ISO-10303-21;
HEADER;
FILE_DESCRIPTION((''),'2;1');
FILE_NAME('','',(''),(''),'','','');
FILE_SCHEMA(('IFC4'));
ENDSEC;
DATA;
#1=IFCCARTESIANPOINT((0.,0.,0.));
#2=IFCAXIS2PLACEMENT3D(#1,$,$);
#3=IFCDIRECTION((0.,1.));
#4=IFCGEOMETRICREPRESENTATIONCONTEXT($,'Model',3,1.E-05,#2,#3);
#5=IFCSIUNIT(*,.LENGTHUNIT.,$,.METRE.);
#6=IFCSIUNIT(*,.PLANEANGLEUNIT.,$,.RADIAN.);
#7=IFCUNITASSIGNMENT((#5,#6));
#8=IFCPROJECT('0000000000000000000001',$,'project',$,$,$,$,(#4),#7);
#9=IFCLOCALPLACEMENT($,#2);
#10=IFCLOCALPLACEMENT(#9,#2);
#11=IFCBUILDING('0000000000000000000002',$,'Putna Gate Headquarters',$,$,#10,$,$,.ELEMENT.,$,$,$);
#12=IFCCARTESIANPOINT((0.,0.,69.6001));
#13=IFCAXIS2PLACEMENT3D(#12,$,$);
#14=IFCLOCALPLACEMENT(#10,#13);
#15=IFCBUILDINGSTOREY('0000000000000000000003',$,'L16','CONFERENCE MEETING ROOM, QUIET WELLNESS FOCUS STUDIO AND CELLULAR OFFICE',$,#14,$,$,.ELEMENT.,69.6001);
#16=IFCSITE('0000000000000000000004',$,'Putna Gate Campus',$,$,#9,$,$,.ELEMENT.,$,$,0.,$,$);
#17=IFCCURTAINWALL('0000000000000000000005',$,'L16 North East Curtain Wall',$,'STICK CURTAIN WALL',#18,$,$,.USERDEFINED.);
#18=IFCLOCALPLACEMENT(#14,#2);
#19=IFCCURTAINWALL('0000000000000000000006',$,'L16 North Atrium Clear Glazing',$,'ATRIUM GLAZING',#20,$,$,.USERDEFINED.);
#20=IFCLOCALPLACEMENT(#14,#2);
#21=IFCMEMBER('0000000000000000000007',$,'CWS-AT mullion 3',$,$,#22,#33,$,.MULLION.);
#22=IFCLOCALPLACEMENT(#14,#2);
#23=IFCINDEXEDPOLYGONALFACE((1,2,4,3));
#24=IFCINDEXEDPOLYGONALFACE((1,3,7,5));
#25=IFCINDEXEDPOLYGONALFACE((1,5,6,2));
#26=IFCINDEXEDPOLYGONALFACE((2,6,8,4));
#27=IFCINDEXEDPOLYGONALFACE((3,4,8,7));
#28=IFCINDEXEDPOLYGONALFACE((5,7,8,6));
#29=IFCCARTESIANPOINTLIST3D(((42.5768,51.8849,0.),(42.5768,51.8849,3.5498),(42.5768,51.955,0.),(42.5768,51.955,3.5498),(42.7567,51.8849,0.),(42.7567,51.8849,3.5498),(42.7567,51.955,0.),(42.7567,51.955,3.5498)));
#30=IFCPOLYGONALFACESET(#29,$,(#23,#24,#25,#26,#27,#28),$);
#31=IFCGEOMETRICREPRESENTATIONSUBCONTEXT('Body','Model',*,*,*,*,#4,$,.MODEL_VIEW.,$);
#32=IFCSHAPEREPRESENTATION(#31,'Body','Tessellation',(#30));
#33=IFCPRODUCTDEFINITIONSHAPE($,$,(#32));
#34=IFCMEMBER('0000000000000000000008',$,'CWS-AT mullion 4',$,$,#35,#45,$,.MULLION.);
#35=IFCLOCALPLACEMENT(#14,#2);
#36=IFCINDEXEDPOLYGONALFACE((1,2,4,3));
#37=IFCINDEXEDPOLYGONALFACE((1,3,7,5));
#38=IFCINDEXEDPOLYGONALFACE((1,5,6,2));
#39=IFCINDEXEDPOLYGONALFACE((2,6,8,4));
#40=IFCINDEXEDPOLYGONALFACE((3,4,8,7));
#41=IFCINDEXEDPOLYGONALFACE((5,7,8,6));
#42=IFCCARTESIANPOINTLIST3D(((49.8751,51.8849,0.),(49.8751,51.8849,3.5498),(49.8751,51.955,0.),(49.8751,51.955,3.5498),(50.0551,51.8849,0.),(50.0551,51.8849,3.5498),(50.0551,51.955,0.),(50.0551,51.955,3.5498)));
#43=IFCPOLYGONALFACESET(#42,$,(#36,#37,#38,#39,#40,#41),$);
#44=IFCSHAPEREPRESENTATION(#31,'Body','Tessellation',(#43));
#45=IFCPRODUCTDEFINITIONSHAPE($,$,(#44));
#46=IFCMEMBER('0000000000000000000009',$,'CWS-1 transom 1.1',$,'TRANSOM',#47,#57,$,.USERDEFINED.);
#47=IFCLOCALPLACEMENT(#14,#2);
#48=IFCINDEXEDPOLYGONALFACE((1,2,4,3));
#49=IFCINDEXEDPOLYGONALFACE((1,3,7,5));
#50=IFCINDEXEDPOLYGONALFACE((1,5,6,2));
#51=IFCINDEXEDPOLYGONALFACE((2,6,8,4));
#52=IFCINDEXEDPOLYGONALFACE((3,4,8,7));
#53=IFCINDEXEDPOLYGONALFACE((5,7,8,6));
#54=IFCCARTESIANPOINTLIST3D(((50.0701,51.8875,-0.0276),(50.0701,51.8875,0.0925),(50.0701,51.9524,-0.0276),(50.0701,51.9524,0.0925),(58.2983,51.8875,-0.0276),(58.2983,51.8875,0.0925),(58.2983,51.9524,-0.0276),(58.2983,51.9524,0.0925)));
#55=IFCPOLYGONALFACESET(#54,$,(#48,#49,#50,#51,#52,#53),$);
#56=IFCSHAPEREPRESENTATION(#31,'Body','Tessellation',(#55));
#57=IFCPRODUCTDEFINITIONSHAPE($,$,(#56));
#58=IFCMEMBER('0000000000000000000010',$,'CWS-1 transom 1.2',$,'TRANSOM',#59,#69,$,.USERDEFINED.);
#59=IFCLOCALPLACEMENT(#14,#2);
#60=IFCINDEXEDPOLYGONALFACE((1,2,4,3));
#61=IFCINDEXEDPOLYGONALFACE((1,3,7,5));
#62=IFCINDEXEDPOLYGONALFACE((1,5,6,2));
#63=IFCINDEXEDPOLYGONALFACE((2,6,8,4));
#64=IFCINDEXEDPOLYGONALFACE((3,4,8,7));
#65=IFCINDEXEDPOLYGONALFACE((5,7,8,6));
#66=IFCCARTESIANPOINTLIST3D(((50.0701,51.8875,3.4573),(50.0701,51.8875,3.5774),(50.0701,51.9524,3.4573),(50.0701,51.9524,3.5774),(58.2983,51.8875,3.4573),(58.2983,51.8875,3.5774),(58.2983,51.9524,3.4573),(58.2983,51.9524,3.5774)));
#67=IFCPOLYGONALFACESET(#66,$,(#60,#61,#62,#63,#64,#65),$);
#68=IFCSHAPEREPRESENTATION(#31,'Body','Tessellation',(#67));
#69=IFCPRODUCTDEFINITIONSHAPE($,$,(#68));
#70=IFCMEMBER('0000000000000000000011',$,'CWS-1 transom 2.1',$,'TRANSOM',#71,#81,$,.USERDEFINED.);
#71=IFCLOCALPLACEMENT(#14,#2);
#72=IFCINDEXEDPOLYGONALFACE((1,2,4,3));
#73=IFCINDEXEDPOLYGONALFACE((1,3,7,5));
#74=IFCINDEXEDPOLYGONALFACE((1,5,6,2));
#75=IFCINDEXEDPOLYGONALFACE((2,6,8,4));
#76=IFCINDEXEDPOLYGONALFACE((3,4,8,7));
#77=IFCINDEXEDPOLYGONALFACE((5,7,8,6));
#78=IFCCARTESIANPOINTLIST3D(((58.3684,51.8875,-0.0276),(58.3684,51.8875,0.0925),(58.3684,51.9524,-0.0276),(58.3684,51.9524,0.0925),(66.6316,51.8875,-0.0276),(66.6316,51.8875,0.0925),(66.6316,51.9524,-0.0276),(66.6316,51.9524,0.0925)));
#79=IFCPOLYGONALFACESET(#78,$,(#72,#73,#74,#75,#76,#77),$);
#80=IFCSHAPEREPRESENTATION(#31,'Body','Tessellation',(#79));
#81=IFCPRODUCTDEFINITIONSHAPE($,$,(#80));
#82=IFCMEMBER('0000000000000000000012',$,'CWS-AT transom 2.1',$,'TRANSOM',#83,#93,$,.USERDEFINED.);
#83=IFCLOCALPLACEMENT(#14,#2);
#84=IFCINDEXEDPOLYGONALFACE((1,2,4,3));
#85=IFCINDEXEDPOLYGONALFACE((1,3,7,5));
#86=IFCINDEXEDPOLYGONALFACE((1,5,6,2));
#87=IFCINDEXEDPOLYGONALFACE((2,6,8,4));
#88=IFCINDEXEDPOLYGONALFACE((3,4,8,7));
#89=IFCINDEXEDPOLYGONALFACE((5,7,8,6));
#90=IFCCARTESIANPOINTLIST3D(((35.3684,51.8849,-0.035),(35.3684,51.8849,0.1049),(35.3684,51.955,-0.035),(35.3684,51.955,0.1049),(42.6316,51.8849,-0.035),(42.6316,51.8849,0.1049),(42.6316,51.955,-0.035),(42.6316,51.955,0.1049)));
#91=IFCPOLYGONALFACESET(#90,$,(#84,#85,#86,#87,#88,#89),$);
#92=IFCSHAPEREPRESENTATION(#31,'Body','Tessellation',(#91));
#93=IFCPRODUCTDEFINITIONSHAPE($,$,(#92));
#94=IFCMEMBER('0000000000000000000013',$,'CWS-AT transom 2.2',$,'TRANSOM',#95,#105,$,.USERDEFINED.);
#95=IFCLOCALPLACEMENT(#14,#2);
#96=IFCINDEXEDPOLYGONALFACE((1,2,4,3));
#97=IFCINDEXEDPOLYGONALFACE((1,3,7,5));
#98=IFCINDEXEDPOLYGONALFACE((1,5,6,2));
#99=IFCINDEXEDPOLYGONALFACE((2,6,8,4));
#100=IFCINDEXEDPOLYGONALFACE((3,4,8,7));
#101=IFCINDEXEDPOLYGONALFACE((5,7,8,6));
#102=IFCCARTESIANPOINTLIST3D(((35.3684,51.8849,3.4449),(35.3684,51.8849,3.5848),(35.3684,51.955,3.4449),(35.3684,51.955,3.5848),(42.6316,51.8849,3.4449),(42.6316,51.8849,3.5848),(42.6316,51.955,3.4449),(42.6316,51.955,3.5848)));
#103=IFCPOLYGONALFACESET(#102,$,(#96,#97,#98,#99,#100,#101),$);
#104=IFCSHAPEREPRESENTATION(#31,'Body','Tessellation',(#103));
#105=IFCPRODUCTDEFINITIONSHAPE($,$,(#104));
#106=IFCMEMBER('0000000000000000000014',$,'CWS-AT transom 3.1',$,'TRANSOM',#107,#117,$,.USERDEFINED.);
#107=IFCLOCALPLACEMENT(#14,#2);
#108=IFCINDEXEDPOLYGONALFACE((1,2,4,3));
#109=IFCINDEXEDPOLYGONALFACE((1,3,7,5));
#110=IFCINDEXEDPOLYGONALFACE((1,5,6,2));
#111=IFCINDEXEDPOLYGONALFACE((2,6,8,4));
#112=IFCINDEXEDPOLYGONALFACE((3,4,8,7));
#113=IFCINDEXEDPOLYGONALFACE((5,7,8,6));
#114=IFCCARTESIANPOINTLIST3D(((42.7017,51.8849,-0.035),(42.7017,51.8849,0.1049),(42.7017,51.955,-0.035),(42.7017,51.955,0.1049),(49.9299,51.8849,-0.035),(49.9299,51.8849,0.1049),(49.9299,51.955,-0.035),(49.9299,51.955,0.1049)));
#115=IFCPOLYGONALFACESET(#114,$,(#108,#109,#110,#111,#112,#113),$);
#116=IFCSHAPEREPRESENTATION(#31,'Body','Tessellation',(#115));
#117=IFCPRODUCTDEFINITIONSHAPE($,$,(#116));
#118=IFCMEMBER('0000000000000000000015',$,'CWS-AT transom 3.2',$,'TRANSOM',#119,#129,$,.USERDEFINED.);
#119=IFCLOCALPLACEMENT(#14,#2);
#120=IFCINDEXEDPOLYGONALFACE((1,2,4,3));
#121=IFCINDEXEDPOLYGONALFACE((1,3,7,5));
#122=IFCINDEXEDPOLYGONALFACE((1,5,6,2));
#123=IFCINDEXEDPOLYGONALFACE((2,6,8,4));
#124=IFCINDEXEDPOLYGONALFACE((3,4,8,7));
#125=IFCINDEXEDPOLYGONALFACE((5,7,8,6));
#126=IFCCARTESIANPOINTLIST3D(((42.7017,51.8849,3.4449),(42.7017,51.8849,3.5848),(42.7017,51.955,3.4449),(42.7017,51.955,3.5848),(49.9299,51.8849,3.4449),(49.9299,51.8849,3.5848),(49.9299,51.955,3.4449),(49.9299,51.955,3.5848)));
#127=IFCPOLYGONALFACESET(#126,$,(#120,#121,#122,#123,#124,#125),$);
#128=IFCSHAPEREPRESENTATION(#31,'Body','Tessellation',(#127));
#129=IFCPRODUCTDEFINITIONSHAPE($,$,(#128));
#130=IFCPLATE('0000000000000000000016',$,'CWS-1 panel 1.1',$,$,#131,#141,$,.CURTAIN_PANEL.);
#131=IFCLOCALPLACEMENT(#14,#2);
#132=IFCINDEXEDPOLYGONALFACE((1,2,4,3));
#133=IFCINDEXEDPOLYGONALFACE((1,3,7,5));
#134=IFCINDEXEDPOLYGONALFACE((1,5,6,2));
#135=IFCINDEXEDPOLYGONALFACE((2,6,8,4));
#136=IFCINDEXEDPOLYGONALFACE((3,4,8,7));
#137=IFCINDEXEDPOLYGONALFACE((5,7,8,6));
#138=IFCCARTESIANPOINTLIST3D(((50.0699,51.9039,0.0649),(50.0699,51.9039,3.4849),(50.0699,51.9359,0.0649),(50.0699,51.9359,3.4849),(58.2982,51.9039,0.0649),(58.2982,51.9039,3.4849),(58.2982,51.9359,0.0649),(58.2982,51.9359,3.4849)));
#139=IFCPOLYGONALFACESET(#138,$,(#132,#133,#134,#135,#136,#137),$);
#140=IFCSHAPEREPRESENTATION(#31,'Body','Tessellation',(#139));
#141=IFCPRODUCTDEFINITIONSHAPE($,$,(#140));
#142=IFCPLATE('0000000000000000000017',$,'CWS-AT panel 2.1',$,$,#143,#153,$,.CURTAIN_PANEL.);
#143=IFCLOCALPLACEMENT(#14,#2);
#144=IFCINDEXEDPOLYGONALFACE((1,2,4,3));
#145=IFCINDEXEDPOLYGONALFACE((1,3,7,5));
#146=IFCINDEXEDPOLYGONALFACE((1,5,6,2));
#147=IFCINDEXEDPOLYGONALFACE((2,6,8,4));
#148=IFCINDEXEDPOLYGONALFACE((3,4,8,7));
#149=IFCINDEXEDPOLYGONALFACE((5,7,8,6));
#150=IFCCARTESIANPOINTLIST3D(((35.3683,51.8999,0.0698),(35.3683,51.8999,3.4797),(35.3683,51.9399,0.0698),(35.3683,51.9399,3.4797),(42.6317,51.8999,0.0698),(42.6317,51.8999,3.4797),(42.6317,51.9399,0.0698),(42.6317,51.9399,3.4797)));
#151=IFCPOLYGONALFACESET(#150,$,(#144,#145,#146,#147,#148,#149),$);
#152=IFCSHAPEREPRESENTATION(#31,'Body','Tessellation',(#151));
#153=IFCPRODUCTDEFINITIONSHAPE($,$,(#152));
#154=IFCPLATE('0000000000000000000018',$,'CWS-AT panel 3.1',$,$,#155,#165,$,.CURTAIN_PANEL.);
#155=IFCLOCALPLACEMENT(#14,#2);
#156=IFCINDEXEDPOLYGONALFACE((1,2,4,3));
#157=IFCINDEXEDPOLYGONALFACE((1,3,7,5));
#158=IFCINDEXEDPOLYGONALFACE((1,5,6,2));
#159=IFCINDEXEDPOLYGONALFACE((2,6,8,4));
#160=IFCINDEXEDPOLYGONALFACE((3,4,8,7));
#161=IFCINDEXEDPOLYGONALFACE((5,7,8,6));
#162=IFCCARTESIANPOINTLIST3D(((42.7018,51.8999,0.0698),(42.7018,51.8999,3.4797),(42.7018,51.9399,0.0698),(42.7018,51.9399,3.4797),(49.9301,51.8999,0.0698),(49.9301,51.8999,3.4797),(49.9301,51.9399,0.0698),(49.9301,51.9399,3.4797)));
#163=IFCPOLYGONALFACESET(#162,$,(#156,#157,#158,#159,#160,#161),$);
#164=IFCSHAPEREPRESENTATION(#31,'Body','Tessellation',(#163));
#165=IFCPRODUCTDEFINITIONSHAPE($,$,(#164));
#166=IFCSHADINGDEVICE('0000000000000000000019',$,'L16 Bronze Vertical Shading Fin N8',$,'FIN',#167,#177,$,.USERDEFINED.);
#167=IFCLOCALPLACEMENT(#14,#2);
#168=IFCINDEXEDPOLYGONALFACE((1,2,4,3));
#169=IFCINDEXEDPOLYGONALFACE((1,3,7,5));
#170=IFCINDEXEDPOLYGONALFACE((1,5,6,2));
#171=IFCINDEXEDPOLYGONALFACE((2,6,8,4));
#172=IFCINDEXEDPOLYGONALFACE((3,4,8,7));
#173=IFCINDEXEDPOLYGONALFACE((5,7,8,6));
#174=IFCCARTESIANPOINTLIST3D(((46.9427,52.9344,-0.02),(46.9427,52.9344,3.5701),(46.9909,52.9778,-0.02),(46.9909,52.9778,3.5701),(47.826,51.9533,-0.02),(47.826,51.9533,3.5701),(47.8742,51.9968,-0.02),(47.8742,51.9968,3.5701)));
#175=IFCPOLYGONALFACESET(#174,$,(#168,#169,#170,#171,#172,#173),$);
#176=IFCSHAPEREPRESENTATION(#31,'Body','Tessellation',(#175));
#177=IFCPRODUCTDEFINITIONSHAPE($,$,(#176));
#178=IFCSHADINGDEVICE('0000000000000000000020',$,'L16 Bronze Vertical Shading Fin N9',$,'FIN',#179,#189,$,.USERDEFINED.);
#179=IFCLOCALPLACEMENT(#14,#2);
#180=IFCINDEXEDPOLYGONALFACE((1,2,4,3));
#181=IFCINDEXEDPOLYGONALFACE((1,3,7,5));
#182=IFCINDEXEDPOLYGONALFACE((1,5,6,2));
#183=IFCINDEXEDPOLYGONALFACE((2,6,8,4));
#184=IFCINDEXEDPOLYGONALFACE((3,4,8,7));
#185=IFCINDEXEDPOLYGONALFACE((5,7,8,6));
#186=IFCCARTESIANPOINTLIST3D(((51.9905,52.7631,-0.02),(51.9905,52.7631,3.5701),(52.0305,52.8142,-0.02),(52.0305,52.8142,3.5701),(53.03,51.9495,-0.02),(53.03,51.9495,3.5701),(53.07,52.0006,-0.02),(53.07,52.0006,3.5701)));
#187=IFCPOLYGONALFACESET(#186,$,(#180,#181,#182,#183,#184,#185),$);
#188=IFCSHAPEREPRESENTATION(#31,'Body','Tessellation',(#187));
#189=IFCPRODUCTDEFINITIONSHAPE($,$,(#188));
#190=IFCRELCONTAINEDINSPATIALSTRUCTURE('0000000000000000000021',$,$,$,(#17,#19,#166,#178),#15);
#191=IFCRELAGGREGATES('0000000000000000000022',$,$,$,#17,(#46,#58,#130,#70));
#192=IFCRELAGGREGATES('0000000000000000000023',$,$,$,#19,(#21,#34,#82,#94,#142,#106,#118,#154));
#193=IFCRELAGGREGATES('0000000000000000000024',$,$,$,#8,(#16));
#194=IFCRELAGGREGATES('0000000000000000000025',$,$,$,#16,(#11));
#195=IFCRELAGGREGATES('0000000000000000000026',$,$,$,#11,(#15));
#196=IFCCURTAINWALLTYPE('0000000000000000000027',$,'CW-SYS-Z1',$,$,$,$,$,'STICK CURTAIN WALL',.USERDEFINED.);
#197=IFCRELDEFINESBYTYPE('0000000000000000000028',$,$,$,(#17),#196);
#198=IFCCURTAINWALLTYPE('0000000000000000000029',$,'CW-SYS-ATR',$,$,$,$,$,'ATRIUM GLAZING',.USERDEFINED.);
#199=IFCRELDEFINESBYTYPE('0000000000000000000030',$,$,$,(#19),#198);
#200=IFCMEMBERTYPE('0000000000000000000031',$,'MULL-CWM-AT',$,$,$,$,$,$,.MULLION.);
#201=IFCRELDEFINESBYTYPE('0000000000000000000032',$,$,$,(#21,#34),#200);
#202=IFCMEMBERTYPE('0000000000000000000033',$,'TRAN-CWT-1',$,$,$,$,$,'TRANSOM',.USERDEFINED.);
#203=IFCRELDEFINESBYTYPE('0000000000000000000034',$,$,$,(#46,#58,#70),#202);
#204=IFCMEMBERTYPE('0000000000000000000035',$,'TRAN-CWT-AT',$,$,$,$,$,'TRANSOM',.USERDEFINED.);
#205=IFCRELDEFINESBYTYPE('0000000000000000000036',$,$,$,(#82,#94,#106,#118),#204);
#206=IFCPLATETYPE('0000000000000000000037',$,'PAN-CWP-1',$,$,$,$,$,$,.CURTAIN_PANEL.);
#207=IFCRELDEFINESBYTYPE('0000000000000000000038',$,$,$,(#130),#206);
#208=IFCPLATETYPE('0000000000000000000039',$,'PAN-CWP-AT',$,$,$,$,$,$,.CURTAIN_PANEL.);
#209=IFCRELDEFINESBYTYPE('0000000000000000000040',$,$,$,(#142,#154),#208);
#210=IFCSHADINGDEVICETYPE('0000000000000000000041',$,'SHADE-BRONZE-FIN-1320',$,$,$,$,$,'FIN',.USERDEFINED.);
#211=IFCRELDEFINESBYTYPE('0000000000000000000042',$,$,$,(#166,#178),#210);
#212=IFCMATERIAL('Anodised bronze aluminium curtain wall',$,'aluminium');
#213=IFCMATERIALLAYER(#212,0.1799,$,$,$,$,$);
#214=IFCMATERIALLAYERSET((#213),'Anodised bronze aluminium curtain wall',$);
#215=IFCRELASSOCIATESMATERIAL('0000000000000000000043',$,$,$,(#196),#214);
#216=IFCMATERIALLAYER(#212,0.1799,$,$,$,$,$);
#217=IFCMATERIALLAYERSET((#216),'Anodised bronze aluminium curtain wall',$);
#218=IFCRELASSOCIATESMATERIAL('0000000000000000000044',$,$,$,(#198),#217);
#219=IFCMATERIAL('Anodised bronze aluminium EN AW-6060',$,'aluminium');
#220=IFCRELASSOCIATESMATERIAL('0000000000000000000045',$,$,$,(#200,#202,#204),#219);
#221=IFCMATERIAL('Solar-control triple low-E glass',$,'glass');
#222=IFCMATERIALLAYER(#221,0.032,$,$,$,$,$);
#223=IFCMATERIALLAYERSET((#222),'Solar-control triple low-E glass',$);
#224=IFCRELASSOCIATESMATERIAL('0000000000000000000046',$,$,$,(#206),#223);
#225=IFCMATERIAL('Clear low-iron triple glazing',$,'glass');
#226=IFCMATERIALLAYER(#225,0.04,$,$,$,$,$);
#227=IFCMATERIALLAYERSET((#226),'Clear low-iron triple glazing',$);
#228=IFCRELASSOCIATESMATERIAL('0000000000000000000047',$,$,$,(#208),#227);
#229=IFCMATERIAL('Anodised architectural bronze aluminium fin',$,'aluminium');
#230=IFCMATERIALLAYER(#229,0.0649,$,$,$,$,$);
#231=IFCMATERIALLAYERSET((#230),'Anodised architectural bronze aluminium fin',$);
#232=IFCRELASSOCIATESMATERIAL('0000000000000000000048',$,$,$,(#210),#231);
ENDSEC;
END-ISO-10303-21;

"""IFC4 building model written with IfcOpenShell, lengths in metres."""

from ifc_helpers import new_model, si_unit, direction, frame, origin, origin_2d, place, context, subcontext, project, spatial, rectangle, extrude, material, layer, layer_set, material_profile, profile_set, type_object, element, aggregate, save


model = new_model("IFC4")

# Units and contexts
model_context = context("Model", 3, precision=1e-05, world=origin(), true_north=direction((0.0, 1.0)))
body_context = subcontext(model_context, "Body", "Model", "MODEL_VIEW")
ifc_project = project(units=[si_unit("LENGTHUNIT", "METRE"), si_unit("PLANEANGLEUNIT", "RADIAN")], contexts=[model_context])

# Site, building, storey
site_placement = place(None, origin())
site = spatial("IfcSite", under=ifc_project, at=site_placement, Name="Putna Gate Campus", CompositionType="ELEMENT", RefElevation=0.0)
building_placement = place(site_placement, origin())
building = spatial("IfcBuilding", under=site, at=building_placement, Name="Putna Gate Headquarters", CompositionType="ELEMENT")
storey_placement = place(building_placement, frame((0.0, 0.0, 69.6001)))
storey = spatial("IfcBuildingStorey", under=building, at=storey_placement, Name="L16", Description="CONFERENCE MEETING ROOM, QUIET WELLNESS FOCUS STUDIO AND CELLULAR OFFICE", CompositionType="ELEMENT", Elevation=69.6001)

# Curtain walls, members
ifc_material_1 = material(Name="Anodised bronze aluminium curtain wall", Category="aluminium")
ifc_layer_1 = layer(ifc_material_1, 0.1799)
ifc_layer_set_1 = layer_set([ifc_layer_1], Name="Anodised bronze aluminium curtain wall")
curtain_wall_type_1 = type_object("IfcCurtainWallType", Name="CW-SYS-Z1", ElementType="STICK CURTAIN WALL", PredefinedType="USERDEFINED", material=ifc_layer_set_1)
curtain_wall_1_placement = place(storey_placement, origin())
curtain_wall_1 = element("IfcCurtainWall", 1, at=curtain_wall_1_placement, inside=storey, type_object=curtain_wall_type_1, Name="L16 North East Curtain Wall", ObjectType="STICK CURTAIN WALL", PredefinedType="USERDEFINED")
ifc_material_2 = material(Name="Anodised bronze aluminium EN AW-6060", Category="aluminium")
ifc_layer_2 = layer(ifc_material_1, 0.1799)
ifc_layer_set_2 = layer_set([ifc_layer_2], Name="Anodised bronze aluminium curtain wall")
curtain_wall_type_2 = type_object("IfcCurtainWallType", Name="CW-SYS-ATR", ElementType="ATRIUM GLAZING", PredefinedType="USERDEFINED", material=ifc_layer_set_2)
curtain_wall_2_placement = place(storey_placement, origin())
curtain_wall_2 = element("IfcCurtainWall", 2, at=curtain_wall_2_placement, inside=storey, type_object=curtain_wall_type_2, Name="L16 North Atrium Clear Glazing", ObjectType="ATRIUM GLAZING", PredefinedType="USERDEFINED")
ifc_material_profile_1 = material_profile(ifc_material_2, rectangle(XDim=0.0701, YDim=0.1799, at=origin_2d()), Name="Anodised bronze aluminium EN AW-6060")
ifc_profile_set_1 = profile_set([ifc_material_profile_1], Name="Anodised bronze aluminium EN AW-6060")
member_type_1 = type_object("IfcMemberType", Name="MULL-CWM-AT", PredefinedType="MULLION", material=ifc_profile_set_1)
member_1_placement = place(storey_placement, frame((42.6667, 51.9199, 0.0), z_axis=(0.0, 0.0, 1.0), x_axis=(0.0, 1.0, 0.0)))
member_1 = element("IfcMember", 3, at=member_1_placement, type_object=member_type_1, Name="CWS-AT mullion 3", PredefinedType="MULLION", context=body_context, shape_type="SweptSolid", body=[
    extrude(rectangle(XDim=0.0701, YDim=0.1799, at=origin_2d()), origin(), (0.0, 0.0, 1.0), 3.5498),
])
member_2_placement = place(storey_placement, frame((49.9651, 51.9199, 0.0), z_axis=(0.0, 0.0, 1.0), x_axis=(0.0, 1.0, 0.0)))
member_2 = element("IfcMember", 4, at=member_2_placement, type_object=member_type_1, Name="CWS-AT mullion 4", PredefinedType="MULLION", context=body_context, shape_type="SweptSolid", body=[
    extrude(rectangle(XDim=0.0701, YDim=0.1799, at=origin_2d()), origin(), (0.0, 0.0, 1.0), 3.5498),
])

# Members
ifc_material_profile_2 = material_profile(ifc_material_2, rectangle(XDim=0.0649, YDim=0.1201, at=origin_2d()), Name="Anodised bronze aluminium EN AW-6060")
ifc_profile_set_2 = profile_set([ifc_material_profile_2], Name="Anodised bronze aluminium EN AW-6060")
member_type_2 = type_object("IfcMemberType", Name="TRAN-CWT-1", ElementType="TRANSOM", PredefinedType="USERDEFINED", material=ifc_profile_set_2)
member_3_placement = place(storey_placement, frame((50.0701, 51.9199, 0.0325), z_axis=(1.0, 0.0, 0.0), x_axis=(0.0, 1.0, 0.0)))
member_3 = element("IfcMember", 5, at=member_3_placement, type_object=member_type_2, Name="CWS-1 transom 1.1", ObjectType="TRANSOM", PredefinedType="USERDEFINED", context=body_context, shape_type="SweptSolid", body=[
    extrude(rectangle(XDim=0.0649, YDim=0.1201, at=origin_2d()), origin(), (0.0, 0.0, 1.0), 8.2283),
])
member_4_placement = place(storey_placement, frame((50.0701, 51.9199, 3.5173), z_axis=(1.0, 0.0, 0.0), x_axis=(0.0, 1.0, 0.0)))
member_4 = element("IfcMember", 6, at=member_4_placement, type_object=member_type_2, Name="CWS-1 transom 1.2", ObjectType="TRANSOM", PredefinedType="USERDEFINED", context=body_context, shape_type="SweptSolid", body=[
    extrude(rectangle(XDim=0.0649, YDim=0.1201, at=origin_2d()), origin(), (0.0, 0.0, 1.0), 8.2283),
])
member_5_placement = place(storey_placement, frame((58.3684, 51.9199, 0.0325), z_axis=(1.0, 0.0, 0.0), x_axis=(0.0, 1.0, 0.0)))
member_5 = element("IfcMember", 7, at=member_5_placement, type_object=member_type_2, Name="CWS-1 transom 2.1", ObjectType="TRANSOM", PredefinedType="USERDEFINED", context=body_context, shape_type="SweptSolid", body=[
    extrude(rectangle(XDim=0.0649, YDim=0.1201, at=origin_2d()), origin(), (0.0, 0.0, 1.0), 8.2632),
])
ifc_material_profile_3 = material_profile(ifc_material_2, rectangle(XDim=0.0701, YDim=0.1399, at=origin_2d()), Name="Anodised bronze aluminium EN AW-6060")
ifc_profile_set_3 = profile_set([ifc_material_profile_3], Name="Anodised bronze aluminium EN AW-6060")
member_type_3 = type_object("IfcMemberType", Name="TRAN-CWT-AT", ElementType="TRANSOM", PredefinedType="USERDEFINED", material=ifc_profile_set_3)
member_6_placement = place(storey_placement, frame((35.3684, 51.9199, 0.0349), z_axis=(1.0, 0.0, 0.0), x_axis=(0.0, 1.0, 0.0)))
member_6 = element("IfcMember", 8, at=member_6_placement, type_object=member_type_3, Name="CWS-AT transom 2.1", ObjectType="TRANSOM", PredefinedType="USERDEFINED", context=body_context, shape_type="SweptSolid", body=[
    extrude(rectangle(XDim=0.0701, YDim=0.1399, at=origin_2d()), origin(), (0.0, 0.0, 1.0), 7.2632),
])
member_7_placement = place(storey_placement, frame((35.3684, 51.9199, 3.5149), z_axis=(1.0, 0.0, 0.0), x_axis=(0.0, 1.0, 0.0)))
member_7 = element("IfcMember", 9, at=member_7_placement, type_object=member_type_3, Name="CWS-AT transom 2.2", ObjectType="TRANSOM", PredefinedType="USERDEFINED", context=body_context, shape_type="SweptSolid", body=[
    extrude(rectangle(XDim=0.0701, YDim=0.1399, at=origin_2d()), origin(), (0.0, 0.0, 1.0), 7.2632),
])
member_8_placement = place(storey_placement, frame((42.7017, 51.9199, 0.0349), z_axis=(1.0, 0.0, 0.0), x_axis=(0.0, 1.0, 0.0)))
member_8 = element("IfcMember", 10, at=member_8_placement, type_object=member_type_3, Name="CWS-AT transom 3.1", ObjectType="TRANSOM", PredefinedType="USERDEFINED", context=body_context, shape_type="SweptSolid", body=[
    extrude(rectangle(XDim=0.0701, YDim=0.1399, at=origin_2d()), origin(), (0.0, 0.0, 1.0), 7.2283),
])
member_9_placement = place(storey_placement, frame((42.7017, 51.9199, 3.5149), z_axis=(1.0, 0.0, 0.0), x_axis=(0.0, 1.0, 0.0)))
member_9 = element("IfcMember", 11, at=member_9_placement, type_object=member_type_3, Name="CWS-AT transom 3.2", ObjectType="TRANSOM", PredefinedType="USERDEFINED", context=body_context, shape_type="SweptSolid", body=[
    extrude(rectangle(XDim=0.0701, YDim=0.1399, at=origin_2d()), origin(), (0.0, 0.0, 1.0), 7.2283),
])

# Plates
ifc_material_3 = material(Name="Solar-control triple low-E glass", Category="glass")
ifc_layer_3 = layer(ifc_material_3, 0.032)
ifc_layer_set_3 = layer_set([ifc_layer_3], Name="Solar-control triple low-E glass")
plate_type_1 = type_object("IfcPlateType", Name="PAN-CWP-1", PredefinedType="CURTAIN_PANEL", material=ifc_layer_set_3)
plate_1_placement = place(storey_placement, frame((54.1841, 51.9199, 0.0649), z_axis=(0.0, 0.0, 1.0), x_axis=(1.0, 0.0, 0.0)))
plate_1 = element("IfcPlate", 12, at=plate_1_placement, type_object=plate_type_1, Name="CWS-1 panel 1.1", PredefinedType="CURTAIN_PANEL", context=body_context, shape_type="SweptSolid", body=[
    extrude(rectangle(XDim=8.2283, YDim=0.032, at=origin_2d()), origin(), (0.0, 0.0, 1.0), 3.4199),
])
aggregate(curtain_wall_1, [member_3, member_4, plate_1, member_5])
ifc_material_4 = material(Name="Clear low-iron triple glazing", Category="glass")
ifc_layer_4 = layer(ifc_material_4, 0.04)
ifc_layer_set_4 = layer_set([ifc_layer_4], Name="Clear low-iron triple glazing")
plate_type_2 = type_object("IfcPlateType", Name="PAN-CWP-AT", PredefinedType="CURTAIN_PANEL", material=ifc_layer_set_4)
plate_2_placement = place(storey_placement, frame((39.0, 51.9199, 0.0698), z_axis=(0.0, 0.0, 1.0), x_axis=(1.0, 0.0, 0.0)))
plate_2 = element("IfcPlate", 13, at=plate_2_placement, type_object=plate_type_2, Name="CWS-AT panel 2.1", PredefinedType="CURTAIN_PANEL", context=body_context, shape_type="SweptSolid", body=[
    extrude(rectangle(XDim=7.2634, YDim=0.04, at=origin_2d()), origin(), (0.0, 0.0, 1.0), 3.4099),
])
plate_3_placement = place(storey_placement, frame((46.3159, 51.9199, 0.0698), z_axis=(0.0, 0.0, 1.0), x_axis=(1.0, 0.0, 0.0)))
plate_3 = element("IfcPlate", 14, at=plate_3_placement, type_object=plate_type_2, Name="CWS-AT panel 3.1", PredefinedType="CURTAIN_PANEL", context=body_context, shape_type="SweptSolid", body=[
    extrude(rectangle(XDim=7.2283, YDim=0.04, at=origin_2d()), origin(), (0.0, 0.0, 1.0), 3.4099),
])
aggregate(curtain_wall_2, [member_1, member_2, member_6, member_7, plate_2, member_8, member_9, plate_3])

# Shading devices
ifc_material_5 = material(Name="Anodised architectural bronze aluminium fin", Category="aluminium")
ifc_layer_5 = layer(ifc_material_5, 0.0649)
ifc_layer_set_5 = layer_set([ifc_layer_5], Name="Anodised architectural bronze aluminium fin")
shading_device_type = type_object("IfcShadingDeviceType", Name="SHADE-BRONZE-FIN-1320", ElementType="FIN", PredefinedType="USERDEFINED", material=ifc_layer_set_5)
for number, where, z_axis, x_axis, name in (
    (15, (47.4084, 52.4656, -0.02), (0.0, 0.0, 1.0), (-0.669131, 0.743145, 0.0), "L16 Bronze Vertical Shading Fin N8"),
    (16, (52.5303, 52.3818, -0.02), (0.0, 0.0, 1.0), (-0.787473, 0.616349, 0.0), "L16 Bronze Vertical Shading Fin N9"),
):
    element("IfcShadingDevice", number, at=place(storey_placement, frame(where, z_axis=z_axis, x_axis=x_axis)), inside=storey, type_object=shading_device_type, Name=name, ObjectType="FIN", PredefinedType="USERDEFINED", context=body_context, shape_type="SweptSolid", body=[
        extrude(rectangle(XDim=1.3201, YDim=0.0649, at=origin_2d()), origin(), (0.0, 0.0, 1.0), 3.5901),
    ])

save(model, "model.ifc")
